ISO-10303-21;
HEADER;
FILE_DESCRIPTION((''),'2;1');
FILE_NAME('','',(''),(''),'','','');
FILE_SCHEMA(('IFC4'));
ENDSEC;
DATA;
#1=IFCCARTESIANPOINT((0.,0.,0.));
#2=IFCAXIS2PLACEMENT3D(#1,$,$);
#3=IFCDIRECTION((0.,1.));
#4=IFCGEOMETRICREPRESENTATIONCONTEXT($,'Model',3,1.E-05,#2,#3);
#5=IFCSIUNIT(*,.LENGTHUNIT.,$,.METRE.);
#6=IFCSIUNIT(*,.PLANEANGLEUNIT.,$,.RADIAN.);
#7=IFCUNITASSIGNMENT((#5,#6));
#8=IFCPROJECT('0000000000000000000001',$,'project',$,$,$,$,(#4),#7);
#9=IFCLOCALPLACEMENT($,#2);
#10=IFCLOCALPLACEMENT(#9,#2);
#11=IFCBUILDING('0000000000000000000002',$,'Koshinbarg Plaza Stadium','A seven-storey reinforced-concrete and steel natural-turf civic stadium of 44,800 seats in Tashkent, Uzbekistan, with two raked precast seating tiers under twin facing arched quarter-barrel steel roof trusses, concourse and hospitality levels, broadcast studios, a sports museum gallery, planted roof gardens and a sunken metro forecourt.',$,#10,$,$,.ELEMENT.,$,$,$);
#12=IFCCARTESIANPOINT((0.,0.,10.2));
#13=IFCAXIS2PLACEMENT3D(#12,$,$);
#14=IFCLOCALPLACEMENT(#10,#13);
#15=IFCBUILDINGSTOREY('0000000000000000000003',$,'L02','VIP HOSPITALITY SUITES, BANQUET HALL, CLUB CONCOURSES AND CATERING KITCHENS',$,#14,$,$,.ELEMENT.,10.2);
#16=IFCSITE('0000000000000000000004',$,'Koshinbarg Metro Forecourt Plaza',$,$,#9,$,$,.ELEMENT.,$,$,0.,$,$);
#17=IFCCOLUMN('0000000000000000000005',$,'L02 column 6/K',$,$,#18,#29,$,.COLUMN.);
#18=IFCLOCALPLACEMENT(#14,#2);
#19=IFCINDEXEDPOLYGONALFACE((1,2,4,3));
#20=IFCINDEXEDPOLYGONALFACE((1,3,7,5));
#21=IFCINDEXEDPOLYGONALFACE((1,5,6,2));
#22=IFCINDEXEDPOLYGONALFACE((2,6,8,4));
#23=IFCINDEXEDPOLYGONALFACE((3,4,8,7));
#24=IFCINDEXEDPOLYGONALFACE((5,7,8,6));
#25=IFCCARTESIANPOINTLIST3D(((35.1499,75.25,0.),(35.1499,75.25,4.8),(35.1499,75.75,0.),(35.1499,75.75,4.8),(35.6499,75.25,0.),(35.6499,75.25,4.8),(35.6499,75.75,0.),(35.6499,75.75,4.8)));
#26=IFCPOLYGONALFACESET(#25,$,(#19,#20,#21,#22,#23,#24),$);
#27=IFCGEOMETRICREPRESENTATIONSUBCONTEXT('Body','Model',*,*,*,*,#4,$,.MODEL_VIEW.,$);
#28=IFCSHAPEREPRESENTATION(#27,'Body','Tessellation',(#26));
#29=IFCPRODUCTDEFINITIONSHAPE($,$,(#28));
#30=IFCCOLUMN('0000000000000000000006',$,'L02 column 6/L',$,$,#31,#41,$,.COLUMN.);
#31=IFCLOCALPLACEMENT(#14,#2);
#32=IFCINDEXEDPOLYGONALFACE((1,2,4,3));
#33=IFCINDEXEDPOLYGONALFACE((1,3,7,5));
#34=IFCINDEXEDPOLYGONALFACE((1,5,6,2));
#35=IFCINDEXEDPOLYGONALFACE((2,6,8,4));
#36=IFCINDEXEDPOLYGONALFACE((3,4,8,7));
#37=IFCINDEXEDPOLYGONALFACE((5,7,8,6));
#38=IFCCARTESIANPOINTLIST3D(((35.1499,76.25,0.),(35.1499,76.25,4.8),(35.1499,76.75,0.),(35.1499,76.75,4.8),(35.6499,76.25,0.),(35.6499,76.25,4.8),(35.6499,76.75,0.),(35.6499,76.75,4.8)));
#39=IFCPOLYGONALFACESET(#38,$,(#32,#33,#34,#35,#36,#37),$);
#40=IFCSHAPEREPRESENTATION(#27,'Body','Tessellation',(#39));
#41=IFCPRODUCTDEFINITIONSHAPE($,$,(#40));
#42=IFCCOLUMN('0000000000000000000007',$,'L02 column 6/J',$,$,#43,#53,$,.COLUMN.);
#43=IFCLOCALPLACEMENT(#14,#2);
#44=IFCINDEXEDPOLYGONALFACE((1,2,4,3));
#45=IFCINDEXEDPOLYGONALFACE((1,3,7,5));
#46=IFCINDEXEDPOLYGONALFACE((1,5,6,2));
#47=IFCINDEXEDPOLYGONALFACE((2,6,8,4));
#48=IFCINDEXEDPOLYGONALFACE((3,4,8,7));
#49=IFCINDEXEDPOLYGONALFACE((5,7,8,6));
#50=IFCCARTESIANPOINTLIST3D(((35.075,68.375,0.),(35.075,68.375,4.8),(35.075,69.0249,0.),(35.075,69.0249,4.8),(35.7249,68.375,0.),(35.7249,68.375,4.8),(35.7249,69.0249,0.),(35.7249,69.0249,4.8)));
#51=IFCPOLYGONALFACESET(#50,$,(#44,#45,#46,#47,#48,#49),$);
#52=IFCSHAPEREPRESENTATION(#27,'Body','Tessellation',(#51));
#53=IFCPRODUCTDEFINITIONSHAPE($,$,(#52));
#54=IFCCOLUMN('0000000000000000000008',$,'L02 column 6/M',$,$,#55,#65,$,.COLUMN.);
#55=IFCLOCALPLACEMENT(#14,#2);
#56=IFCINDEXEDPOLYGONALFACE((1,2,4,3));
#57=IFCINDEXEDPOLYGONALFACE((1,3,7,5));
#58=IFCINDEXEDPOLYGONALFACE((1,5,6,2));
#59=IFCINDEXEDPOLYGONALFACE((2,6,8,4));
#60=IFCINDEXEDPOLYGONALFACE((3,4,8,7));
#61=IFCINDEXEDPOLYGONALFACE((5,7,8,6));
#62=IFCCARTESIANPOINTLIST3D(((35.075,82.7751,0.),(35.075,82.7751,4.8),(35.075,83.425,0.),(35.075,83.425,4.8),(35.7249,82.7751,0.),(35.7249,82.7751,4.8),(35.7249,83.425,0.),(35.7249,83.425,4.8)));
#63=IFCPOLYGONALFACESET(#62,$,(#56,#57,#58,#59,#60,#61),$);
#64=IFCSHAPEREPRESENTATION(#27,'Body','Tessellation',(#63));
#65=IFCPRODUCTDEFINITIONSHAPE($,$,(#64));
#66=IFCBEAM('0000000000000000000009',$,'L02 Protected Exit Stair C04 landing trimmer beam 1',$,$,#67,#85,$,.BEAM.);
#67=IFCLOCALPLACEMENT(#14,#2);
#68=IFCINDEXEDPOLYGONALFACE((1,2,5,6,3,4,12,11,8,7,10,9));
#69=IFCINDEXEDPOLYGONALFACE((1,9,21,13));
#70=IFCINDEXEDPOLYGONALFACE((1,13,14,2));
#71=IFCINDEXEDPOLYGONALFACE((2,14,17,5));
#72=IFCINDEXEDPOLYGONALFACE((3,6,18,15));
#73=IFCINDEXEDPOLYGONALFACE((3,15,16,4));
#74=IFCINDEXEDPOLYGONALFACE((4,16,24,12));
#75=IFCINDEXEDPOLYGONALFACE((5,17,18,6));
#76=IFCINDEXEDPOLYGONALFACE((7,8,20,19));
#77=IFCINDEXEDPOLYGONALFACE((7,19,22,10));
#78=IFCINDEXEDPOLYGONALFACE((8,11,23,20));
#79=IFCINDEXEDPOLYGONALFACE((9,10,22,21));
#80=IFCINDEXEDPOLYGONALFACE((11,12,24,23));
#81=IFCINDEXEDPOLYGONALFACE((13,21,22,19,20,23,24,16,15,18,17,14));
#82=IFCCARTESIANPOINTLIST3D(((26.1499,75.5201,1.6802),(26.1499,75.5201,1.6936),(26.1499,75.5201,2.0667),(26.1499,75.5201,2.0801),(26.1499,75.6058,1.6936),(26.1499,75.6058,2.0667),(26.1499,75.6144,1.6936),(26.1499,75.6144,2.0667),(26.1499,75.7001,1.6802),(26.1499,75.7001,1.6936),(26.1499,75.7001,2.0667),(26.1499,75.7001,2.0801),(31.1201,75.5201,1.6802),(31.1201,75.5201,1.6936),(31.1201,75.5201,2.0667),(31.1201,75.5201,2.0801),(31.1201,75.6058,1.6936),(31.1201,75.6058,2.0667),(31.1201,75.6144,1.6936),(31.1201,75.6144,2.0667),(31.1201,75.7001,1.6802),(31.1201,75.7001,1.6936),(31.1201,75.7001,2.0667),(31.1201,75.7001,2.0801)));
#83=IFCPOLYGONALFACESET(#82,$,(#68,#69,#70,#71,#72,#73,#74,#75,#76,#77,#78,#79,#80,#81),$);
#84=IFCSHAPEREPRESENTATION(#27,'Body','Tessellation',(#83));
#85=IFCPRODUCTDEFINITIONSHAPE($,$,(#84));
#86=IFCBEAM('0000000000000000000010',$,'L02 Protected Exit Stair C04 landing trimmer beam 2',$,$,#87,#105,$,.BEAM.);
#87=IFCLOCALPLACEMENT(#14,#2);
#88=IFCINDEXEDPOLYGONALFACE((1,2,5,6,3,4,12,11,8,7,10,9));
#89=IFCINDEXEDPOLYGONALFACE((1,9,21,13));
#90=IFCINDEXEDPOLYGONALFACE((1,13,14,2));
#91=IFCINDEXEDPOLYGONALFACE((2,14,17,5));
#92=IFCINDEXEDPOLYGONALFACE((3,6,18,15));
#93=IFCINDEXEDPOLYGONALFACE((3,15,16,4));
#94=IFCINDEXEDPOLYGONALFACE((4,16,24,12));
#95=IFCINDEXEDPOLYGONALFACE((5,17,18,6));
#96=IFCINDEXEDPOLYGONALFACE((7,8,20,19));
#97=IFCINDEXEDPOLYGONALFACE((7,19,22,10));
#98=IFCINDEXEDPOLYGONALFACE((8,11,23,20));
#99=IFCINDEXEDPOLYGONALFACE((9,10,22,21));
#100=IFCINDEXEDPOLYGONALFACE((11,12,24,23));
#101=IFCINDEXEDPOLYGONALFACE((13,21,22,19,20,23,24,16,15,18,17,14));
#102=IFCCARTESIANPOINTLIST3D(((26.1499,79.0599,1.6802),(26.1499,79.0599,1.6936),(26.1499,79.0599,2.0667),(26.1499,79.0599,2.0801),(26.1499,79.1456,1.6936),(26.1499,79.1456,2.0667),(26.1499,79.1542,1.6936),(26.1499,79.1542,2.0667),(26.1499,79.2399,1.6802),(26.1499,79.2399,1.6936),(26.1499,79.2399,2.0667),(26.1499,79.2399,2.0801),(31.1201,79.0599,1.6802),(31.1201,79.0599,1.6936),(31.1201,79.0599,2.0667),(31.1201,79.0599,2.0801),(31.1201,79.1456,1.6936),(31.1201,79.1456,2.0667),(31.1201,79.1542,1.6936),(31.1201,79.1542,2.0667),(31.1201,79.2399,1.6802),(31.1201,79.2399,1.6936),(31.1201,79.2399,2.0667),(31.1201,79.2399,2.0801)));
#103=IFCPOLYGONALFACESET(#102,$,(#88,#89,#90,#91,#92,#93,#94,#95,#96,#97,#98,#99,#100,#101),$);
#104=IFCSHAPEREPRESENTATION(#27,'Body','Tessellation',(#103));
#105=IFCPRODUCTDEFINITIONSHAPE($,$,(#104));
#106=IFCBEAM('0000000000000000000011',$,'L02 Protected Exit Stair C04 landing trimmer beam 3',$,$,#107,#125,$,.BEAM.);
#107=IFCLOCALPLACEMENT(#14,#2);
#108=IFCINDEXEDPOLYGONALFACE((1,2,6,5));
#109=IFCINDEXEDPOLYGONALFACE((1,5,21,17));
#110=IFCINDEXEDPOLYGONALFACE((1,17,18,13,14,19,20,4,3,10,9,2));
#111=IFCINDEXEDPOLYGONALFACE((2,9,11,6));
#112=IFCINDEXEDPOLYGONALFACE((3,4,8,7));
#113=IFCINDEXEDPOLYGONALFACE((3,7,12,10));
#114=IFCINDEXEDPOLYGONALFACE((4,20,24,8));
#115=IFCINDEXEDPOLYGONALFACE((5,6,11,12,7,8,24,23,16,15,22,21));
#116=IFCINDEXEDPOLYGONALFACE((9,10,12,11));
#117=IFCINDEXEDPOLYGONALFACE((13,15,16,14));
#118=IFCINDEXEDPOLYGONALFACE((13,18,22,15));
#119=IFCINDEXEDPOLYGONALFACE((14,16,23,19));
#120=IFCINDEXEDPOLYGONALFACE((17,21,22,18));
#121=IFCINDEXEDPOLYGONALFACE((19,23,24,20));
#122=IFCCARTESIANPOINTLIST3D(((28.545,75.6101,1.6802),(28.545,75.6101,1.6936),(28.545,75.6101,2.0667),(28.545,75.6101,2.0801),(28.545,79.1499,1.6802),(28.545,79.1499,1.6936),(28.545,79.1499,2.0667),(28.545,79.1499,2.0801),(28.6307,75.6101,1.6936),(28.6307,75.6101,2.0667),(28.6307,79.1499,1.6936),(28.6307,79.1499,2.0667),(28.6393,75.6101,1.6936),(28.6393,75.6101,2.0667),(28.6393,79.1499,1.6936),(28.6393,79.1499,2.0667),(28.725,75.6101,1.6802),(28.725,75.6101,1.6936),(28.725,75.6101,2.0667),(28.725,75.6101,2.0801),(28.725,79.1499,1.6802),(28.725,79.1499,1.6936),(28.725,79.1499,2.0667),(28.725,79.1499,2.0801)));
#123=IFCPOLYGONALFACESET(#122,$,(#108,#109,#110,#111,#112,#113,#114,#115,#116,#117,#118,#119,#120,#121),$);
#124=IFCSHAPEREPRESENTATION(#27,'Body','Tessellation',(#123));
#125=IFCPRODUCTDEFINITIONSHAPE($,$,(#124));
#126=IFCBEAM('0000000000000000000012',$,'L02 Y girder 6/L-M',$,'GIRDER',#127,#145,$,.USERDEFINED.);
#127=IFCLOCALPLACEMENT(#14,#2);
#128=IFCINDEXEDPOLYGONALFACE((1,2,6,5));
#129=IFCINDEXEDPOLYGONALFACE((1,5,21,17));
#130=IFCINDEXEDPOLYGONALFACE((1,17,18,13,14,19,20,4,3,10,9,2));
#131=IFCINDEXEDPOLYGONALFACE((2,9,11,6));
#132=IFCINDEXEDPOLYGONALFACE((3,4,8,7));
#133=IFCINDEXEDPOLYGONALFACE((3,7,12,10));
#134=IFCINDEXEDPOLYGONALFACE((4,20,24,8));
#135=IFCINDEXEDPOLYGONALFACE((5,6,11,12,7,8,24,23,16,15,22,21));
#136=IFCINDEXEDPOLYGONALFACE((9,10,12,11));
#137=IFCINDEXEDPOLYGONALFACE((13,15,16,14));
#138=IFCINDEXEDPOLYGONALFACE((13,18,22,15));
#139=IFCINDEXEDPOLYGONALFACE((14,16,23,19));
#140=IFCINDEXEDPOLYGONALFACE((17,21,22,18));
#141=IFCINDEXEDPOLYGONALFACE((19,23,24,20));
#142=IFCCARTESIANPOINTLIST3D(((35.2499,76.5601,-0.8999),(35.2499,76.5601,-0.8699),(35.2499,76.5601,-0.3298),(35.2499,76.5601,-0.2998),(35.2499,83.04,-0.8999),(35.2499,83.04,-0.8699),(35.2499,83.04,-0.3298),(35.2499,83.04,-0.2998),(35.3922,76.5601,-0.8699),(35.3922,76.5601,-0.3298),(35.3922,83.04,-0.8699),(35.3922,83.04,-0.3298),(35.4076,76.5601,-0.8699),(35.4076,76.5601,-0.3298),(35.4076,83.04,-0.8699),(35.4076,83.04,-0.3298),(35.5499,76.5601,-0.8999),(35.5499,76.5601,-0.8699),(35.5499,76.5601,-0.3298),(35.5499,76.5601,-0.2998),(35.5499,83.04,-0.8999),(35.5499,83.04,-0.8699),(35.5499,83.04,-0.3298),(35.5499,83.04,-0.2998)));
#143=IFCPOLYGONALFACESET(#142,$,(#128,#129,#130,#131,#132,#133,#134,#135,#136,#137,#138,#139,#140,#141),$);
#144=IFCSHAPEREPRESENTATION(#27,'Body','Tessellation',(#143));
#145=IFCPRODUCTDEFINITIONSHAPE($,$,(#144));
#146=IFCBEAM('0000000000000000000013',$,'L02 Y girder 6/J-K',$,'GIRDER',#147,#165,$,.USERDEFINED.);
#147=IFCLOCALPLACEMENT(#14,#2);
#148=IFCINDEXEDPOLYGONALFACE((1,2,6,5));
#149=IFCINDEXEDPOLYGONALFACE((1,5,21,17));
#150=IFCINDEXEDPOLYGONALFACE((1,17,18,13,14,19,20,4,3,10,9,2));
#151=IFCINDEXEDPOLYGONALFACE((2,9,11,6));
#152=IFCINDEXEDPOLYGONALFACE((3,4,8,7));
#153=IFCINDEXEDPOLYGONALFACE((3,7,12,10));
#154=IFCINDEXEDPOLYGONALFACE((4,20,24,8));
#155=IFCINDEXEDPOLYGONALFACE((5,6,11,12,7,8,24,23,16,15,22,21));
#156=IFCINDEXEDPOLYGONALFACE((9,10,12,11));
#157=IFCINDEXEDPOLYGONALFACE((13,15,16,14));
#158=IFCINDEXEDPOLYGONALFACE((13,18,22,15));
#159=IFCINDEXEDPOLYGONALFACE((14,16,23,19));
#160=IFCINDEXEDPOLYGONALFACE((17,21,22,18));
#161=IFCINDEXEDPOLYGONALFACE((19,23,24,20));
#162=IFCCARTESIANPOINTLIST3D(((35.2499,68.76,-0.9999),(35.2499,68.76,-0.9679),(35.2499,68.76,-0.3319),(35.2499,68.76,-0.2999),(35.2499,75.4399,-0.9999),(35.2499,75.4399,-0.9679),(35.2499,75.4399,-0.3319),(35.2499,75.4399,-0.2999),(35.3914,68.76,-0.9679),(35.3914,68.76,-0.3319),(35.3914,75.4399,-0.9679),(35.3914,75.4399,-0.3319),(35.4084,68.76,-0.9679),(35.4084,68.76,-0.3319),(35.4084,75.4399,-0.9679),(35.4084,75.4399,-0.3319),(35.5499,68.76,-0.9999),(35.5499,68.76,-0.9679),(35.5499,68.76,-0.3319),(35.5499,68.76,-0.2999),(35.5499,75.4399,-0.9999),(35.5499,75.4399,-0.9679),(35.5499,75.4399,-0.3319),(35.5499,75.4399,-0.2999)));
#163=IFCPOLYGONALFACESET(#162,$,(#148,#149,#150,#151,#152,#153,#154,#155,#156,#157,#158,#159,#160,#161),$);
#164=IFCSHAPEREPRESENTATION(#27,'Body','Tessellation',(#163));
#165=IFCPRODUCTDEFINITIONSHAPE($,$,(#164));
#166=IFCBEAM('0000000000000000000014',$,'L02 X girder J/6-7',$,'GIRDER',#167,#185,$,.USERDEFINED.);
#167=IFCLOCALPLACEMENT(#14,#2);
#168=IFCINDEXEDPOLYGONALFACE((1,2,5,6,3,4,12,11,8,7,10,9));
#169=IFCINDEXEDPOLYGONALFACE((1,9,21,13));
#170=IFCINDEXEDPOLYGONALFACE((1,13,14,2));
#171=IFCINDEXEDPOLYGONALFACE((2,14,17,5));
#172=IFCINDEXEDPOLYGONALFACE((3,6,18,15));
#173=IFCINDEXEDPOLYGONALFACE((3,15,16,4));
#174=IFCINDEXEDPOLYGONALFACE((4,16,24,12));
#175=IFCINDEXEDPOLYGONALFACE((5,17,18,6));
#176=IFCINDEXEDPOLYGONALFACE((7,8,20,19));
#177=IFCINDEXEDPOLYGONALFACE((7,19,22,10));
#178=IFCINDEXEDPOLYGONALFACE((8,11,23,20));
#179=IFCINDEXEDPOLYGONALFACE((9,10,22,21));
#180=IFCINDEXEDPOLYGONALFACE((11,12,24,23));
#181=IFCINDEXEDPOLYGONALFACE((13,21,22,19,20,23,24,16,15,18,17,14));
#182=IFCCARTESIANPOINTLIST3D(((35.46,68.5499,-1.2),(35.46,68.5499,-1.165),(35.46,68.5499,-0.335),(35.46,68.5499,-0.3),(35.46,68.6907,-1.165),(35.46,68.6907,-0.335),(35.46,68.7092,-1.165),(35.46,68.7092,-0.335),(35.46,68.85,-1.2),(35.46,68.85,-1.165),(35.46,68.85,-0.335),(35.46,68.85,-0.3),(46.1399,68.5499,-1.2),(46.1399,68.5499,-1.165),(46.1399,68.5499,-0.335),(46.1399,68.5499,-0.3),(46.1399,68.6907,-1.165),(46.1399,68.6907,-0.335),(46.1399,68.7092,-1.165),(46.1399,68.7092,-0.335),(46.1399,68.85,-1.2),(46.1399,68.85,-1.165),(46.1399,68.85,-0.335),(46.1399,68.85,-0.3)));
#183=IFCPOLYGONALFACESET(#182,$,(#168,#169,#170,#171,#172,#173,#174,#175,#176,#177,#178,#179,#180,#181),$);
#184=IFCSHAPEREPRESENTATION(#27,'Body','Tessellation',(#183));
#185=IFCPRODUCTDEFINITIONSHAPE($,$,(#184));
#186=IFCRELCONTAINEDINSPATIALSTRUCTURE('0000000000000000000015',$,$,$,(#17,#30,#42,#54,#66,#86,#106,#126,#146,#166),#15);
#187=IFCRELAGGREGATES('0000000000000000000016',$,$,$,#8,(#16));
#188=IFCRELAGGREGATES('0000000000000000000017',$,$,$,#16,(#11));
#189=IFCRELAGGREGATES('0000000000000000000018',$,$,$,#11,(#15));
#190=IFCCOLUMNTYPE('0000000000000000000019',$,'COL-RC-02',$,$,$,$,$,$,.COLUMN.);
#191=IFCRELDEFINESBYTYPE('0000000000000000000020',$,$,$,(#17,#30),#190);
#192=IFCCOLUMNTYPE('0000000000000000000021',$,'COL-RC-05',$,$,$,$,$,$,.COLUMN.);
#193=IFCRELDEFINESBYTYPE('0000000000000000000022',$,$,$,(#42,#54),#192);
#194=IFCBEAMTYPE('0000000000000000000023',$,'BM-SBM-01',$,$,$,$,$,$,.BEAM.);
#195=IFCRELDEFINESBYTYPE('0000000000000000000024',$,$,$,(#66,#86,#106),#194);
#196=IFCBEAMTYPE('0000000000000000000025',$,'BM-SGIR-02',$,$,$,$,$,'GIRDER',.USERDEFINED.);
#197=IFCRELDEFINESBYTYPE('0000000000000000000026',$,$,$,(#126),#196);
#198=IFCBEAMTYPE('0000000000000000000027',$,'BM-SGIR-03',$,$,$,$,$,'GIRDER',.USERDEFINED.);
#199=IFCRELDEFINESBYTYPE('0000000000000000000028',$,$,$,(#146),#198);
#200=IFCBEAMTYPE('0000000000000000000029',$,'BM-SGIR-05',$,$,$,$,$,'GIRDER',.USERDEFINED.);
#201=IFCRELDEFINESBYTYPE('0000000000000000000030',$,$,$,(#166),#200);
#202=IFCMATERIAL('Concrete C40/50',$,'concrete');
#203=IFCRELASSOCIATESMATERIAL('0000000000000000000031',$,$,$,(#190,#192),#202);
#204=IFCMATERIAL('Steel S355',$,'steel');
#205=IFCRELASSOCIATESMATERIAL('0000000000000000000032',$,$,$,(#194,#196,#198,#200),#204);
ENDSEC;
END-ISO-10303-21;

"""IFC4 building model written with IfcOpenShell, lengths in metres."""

from ifc_helpers import new_model, si_unit, direction, frame, origin, origin_2d, place, context, subcontext, project, spatial, rectangle, i_section, extrude, material, material_profile, profile_set, type_object, element, save


model = new_model("IFC4")

# Units and contexts
model_context = context("Model", 3, precision=1e-05, world=origin(), true_north=direction((0.0, 1.0)))
body_context = subcontext(model_context, "Body", "Model", "MODEL_VIEW")
ifc_project = project(units=[si_unit("LENGTHUNIT", "METRE"), si_unit("PLANEANGLEUNIT", "RADIAN")], contexts=[model_context])

# Site, building, storey
site_placement = place(None, origin())
site = spatial("IfcSite", under=ifc_project, at=site_placement, Name="Koshinbarg Metro Forecourt Plaza", CompositionType="ELEMENT", RefElevation=0.0)
building_placement = place(site_placement, origin())
building = spatial("IfcBuilding", under=site, at=building_placement, Name="Koshinbarg Plaza Stadium", Description="A seven-storey reinforced-concrete and steel natural-turf civic stadium of 44,800 seats in Tashkent, Uzbekistan, with two raked precast seating tiers under twin facing arched quarter-barrel steel roof trusses, concourse and hospitality levels, broadcast studios, a sports museum gallery, planted roof gardens and a sunken metro forecourt.", CompositionType="ELEMENT")
storey_placement = place(building_placement, frame((0.0, 0.0, 10.2)))
storey = spatial("IfcBuildingStorey", under=building, at=storey_placement, Name="L02", Description="VIP HOSPITALITY SUITES, BANQUET HALL, CLUB CONCOURSES AND CATERING KITCHENS", CompositionType="ELEMENT", Elevation=10.2)

# Columns
ifc_material_1 = material(Name="Concrete C40/50", Category="concrete")
ifc_material_profile_1 = material_profile(ifc_material_1, rectangle(XDim=0.5, YDim=0.5, at=origin_2d()), Name="RC 500x500")
ifc_profile_set_1 = profile_set([ifc_material_profile_1], Name="Concrete C40/50")
column_type_1 = type_object("IfcColumnType", Name="COL-RC-02", PredefinedType="COLUMN", material=ifc_profile_set_1)
for number, where, z_axis, x_axis, name in (
    (1, (35.3999, 75.5, 0.0), (0.0, 0.0, 1.0), (1.0, 0.0, 0.0), "L02 column 6/K"),
    (2, (35.3999, 76.5, 0.0), (0.0, 0.0, 1.0), (1.0, 0.0, 0.0), "L02 column 6/L"),
):
    element("IfcColumn", number, at=place(storey_placement, frame(where, z_axis=z_axis, x_axis=x_axis)), inside=storey, type_object=column_type_1, Name=name, PredefinedType="COLUMN", context=body_context, shape_type="SweptSolid", body=[
        extrude(rectangle(XDim=0.5, YDim=0.5, at=origin_2d()), origin(), (0.0, 0.0, 1.0), 4.8),
    ])
ifc_material_profile_2 = material_profile(ifc_material_1, rectangle(XDim=0.6499, YDim=0.6499, at=origin_2d()), Name="RC 650x650")
ifc_profile_set_2 = profile_set([ifc_material_profile_2], Name="Concrete C40/50")
column_type_2 = type_object("IfcColumnType", Name="COL-RC-05", PredefinedType="COLUMN", material=ifc_profile_set_2)
for number, where, z_axis, x_axis, name in (
    (3, (35.3999, 68.7, 0.0), (0.0, 0.0, 1.0), (1.0, 0.0, 0.0), "L02 column 6/J"),
    (4, (35.3999, 83.1001, 0.0), (0.0, 0.0, 1.0), (1.0, 0.0, 0.0), "L02 column 6/M"),
):
    element("IfcColumn", number, at=place(storey_placement, frame(where, z_axis=z_axis, x_axis=x_axis)), inside=storey, type_object=column_type_2, Name=name, PredefinedType="COLUMN", context=body_context, shape_type="SweptSolid", body=[
        extrude(rectangle(XDim=0.6499, YDim=0.6499, at=origin_2d()), origin(), (0.0, 0.0, 1.0), 4.8),
    ])

# Beams
ifc_material_2 = material(Name="Steel S355", Category="steel")
ifc_material_profile_3 = material_profile(ifc_material_2, i_section(OverallWidth=0.1799, OverallDepth=0.3999, WebThickness=0.0085, FlangeThickness=0.0134, at=origin_2d()), Name="IPE 400")
ifc_profile_set_3 = profile_set([ifc_material_profile_3], Name="Steel S355")
beam_type_1 = type_object("IfcBeamType", Name="BM-SBM-01", PredefinedType="BEAM", material=ifc_profile_set_3)
for number, where, z_axis, x_axis, name in (
    (5, (26.1499, 75.6101, 1.8801), (1.0, 0.0, 0.0), (0.0, 1.0, 0.0), "L02 Protected Exit Stair C04 landing trimmer beam 1"),
    (6, (26.1499, 79.1499, 1.8801), (1.0, 0.0, 0.0), (0.0, 1.0, 0.0), "L02 Protected Exit Stair C04 landing trimmer beam 2"),
):
    element("IfcBeam", number, at=place(storey_placement, frame(where, z_axis=z_axis, x_axis=x_axis)), inside=storey, type_object=beam_type_1, Name=name, PredefinedType="BEAM", context=body_context, shape_type="SweptSolid", body=[
        extrude(i_section(OverallWidth=0.1799, OverallDepth=0.3999, WebThickness=0.0085, FlangeThickness=0.0134, at=origin_2d()), origin(), (0.0, 0.0, 1.0), 4.9702),
    ])
beam_1_placement = place(storey_placement, frame((28.635, 75.6101, 1.8801), z_axis=(0.0, 1.0, 0.0), x_axis=(-1.0, 0.0, 0.0)))
element("IfcBeam", 7, at=beam_1_placement, inside=storey, type_object=beam_type_1, Name="L02 Protected Exit Stair C04 landing trimmer beam 3", PredefinedType="BEAM", context=body_context, shape_type="SweptSolid", body=[
    extrude(i_section(OverallWidth=0.1799, OverallDepth=0.3999, WebThickness=0.0085, FlangeThickness=0.0134, at=origin_2d()), origin(), (0.0, 0.0, 1.0), 3.5398),
])
ifc_material_profile_4 = material_profile(ifc_material_2, i_section(OverallWidth=0.3, OverallDepth=0.6001, WebThickness=0.0154, FlangeThickness=0.03, at=origin_2d()), Name="HEB 600")
ifc_profile_set_4 = profile_set([ifc_material_profile_4], Name="Steel S355")
beam_type_2 = type_object("IfcBeamType", Name="BM-SGIR-02", ElementType="GIRDER", PredefinedType="USERDEFINED", material=ifc_profile_set_4)
beam_2_placement = place(storey_placement, frame((35.3999, 76.5601, -0.5999), z_axis=(0.0, 1.0, 0.0), x_axis=(-1.0, 0.0, 0.0)))
element("IfcBeam", 8, at=beam_2_placement, inside=storey, type_object=beam_type_2, Name="L02 Y girder 6/L-M", ObjectType="GIRDER", PredefinedType="USERDEFINED", context=body_context, shape_type="SweptSolid", body=[
    extrude(i_section(OverallWidth=0.3, OverallDepth=0.6001, WebThickness=0.0154, FlangeThickness=0.03, at=origin_2d()), origin(), (0.0, 0.0, 1.0), 6.48),
])
ifc_material_profile_5 = material_profile(ifc_material_2, i_section(OverallWidth=0.3, OverallDepth=0.7, WebThickness=0.0171, FlangeThickness=0.032, at=origin_2d()), Name="HEB 700")
ifc_profile_set_5 = profile_set([ifc_material_profile_5], Name="Steel S355")
beam_type_3 = type_object("IfcBeamType", Name="BM-SGIR-03", ElementType="GIRDER", PredefinedType="USERDEFINED", material=ifc_profile_set_5)
beam_3_placement = place(storey_placement, frame((35.3999, 68.76, -0.6499), z_axis=(0.0, 1.0, 0.0), x_axis=(-1.0, 0.0, 0.0)))
element("IfcBeam", 9, at=beam_3_placement, inside=storey, type_object=beam_type_3, Name="L02 Y girder 6/J-K", ObjectType="GIRDER", PredefinedType="USERDEFINED", context=body_context, shape_type="SweptSolid", body=[
    extrude(i_section(OverallWidth=0.3, OverallDepth=0.7, WebThickness=0.0171, FlangeThickness=0.032, at=origin_2d()), origin(), (0.0, 0.0, 1.0), 6.6799),
])
ifc_material_profile_6 = material_profile(ifc_material_2, i_section(OverallWidth=0.3, OverallDepth=0.8999, WebThickness=0.0186, FlangeThickness=0.0349, at=origin_2d()), Name="HEB 900")
ifc_profile_set_6 = profile_set([ifc_material_profile_6], Name="Steel S355")
beam_type_4 = type_object("IfcBeamType", Name="BM-SGIR-05", ElementType="GIRDER", PredefinedType="USERDEFINED", material=ifc_profile_set_6)
for number, where, z_axis, x_axis, name in (
    (10, (35.46, 68.7, -0.75), (1.0, 0.0, 0.0), (0.0, 1.0, 0.0), "L02 X girder J/6-7"),
):
    element("IfcBeam", number, at=place(storey_placement, frame(where, z_axis=z_axis, x_axis=x_axis)), inside=storey, type_object=beam_type_4, Name=name, ObjectType="GIRDER", PredefinedType="USERDEFINED", context=body_context, shape_type="SweptSolid", body=[
        extrude(i_section(OverallWidth=0.3, OverallDepth=0.8999, WebThickness=0.0186, FlangeThickness=0.0349, at=origin_2d()), origin(), (0.0, 0.0, 1.0), 10.6799),
    ])

save(model, "model.ifc")
